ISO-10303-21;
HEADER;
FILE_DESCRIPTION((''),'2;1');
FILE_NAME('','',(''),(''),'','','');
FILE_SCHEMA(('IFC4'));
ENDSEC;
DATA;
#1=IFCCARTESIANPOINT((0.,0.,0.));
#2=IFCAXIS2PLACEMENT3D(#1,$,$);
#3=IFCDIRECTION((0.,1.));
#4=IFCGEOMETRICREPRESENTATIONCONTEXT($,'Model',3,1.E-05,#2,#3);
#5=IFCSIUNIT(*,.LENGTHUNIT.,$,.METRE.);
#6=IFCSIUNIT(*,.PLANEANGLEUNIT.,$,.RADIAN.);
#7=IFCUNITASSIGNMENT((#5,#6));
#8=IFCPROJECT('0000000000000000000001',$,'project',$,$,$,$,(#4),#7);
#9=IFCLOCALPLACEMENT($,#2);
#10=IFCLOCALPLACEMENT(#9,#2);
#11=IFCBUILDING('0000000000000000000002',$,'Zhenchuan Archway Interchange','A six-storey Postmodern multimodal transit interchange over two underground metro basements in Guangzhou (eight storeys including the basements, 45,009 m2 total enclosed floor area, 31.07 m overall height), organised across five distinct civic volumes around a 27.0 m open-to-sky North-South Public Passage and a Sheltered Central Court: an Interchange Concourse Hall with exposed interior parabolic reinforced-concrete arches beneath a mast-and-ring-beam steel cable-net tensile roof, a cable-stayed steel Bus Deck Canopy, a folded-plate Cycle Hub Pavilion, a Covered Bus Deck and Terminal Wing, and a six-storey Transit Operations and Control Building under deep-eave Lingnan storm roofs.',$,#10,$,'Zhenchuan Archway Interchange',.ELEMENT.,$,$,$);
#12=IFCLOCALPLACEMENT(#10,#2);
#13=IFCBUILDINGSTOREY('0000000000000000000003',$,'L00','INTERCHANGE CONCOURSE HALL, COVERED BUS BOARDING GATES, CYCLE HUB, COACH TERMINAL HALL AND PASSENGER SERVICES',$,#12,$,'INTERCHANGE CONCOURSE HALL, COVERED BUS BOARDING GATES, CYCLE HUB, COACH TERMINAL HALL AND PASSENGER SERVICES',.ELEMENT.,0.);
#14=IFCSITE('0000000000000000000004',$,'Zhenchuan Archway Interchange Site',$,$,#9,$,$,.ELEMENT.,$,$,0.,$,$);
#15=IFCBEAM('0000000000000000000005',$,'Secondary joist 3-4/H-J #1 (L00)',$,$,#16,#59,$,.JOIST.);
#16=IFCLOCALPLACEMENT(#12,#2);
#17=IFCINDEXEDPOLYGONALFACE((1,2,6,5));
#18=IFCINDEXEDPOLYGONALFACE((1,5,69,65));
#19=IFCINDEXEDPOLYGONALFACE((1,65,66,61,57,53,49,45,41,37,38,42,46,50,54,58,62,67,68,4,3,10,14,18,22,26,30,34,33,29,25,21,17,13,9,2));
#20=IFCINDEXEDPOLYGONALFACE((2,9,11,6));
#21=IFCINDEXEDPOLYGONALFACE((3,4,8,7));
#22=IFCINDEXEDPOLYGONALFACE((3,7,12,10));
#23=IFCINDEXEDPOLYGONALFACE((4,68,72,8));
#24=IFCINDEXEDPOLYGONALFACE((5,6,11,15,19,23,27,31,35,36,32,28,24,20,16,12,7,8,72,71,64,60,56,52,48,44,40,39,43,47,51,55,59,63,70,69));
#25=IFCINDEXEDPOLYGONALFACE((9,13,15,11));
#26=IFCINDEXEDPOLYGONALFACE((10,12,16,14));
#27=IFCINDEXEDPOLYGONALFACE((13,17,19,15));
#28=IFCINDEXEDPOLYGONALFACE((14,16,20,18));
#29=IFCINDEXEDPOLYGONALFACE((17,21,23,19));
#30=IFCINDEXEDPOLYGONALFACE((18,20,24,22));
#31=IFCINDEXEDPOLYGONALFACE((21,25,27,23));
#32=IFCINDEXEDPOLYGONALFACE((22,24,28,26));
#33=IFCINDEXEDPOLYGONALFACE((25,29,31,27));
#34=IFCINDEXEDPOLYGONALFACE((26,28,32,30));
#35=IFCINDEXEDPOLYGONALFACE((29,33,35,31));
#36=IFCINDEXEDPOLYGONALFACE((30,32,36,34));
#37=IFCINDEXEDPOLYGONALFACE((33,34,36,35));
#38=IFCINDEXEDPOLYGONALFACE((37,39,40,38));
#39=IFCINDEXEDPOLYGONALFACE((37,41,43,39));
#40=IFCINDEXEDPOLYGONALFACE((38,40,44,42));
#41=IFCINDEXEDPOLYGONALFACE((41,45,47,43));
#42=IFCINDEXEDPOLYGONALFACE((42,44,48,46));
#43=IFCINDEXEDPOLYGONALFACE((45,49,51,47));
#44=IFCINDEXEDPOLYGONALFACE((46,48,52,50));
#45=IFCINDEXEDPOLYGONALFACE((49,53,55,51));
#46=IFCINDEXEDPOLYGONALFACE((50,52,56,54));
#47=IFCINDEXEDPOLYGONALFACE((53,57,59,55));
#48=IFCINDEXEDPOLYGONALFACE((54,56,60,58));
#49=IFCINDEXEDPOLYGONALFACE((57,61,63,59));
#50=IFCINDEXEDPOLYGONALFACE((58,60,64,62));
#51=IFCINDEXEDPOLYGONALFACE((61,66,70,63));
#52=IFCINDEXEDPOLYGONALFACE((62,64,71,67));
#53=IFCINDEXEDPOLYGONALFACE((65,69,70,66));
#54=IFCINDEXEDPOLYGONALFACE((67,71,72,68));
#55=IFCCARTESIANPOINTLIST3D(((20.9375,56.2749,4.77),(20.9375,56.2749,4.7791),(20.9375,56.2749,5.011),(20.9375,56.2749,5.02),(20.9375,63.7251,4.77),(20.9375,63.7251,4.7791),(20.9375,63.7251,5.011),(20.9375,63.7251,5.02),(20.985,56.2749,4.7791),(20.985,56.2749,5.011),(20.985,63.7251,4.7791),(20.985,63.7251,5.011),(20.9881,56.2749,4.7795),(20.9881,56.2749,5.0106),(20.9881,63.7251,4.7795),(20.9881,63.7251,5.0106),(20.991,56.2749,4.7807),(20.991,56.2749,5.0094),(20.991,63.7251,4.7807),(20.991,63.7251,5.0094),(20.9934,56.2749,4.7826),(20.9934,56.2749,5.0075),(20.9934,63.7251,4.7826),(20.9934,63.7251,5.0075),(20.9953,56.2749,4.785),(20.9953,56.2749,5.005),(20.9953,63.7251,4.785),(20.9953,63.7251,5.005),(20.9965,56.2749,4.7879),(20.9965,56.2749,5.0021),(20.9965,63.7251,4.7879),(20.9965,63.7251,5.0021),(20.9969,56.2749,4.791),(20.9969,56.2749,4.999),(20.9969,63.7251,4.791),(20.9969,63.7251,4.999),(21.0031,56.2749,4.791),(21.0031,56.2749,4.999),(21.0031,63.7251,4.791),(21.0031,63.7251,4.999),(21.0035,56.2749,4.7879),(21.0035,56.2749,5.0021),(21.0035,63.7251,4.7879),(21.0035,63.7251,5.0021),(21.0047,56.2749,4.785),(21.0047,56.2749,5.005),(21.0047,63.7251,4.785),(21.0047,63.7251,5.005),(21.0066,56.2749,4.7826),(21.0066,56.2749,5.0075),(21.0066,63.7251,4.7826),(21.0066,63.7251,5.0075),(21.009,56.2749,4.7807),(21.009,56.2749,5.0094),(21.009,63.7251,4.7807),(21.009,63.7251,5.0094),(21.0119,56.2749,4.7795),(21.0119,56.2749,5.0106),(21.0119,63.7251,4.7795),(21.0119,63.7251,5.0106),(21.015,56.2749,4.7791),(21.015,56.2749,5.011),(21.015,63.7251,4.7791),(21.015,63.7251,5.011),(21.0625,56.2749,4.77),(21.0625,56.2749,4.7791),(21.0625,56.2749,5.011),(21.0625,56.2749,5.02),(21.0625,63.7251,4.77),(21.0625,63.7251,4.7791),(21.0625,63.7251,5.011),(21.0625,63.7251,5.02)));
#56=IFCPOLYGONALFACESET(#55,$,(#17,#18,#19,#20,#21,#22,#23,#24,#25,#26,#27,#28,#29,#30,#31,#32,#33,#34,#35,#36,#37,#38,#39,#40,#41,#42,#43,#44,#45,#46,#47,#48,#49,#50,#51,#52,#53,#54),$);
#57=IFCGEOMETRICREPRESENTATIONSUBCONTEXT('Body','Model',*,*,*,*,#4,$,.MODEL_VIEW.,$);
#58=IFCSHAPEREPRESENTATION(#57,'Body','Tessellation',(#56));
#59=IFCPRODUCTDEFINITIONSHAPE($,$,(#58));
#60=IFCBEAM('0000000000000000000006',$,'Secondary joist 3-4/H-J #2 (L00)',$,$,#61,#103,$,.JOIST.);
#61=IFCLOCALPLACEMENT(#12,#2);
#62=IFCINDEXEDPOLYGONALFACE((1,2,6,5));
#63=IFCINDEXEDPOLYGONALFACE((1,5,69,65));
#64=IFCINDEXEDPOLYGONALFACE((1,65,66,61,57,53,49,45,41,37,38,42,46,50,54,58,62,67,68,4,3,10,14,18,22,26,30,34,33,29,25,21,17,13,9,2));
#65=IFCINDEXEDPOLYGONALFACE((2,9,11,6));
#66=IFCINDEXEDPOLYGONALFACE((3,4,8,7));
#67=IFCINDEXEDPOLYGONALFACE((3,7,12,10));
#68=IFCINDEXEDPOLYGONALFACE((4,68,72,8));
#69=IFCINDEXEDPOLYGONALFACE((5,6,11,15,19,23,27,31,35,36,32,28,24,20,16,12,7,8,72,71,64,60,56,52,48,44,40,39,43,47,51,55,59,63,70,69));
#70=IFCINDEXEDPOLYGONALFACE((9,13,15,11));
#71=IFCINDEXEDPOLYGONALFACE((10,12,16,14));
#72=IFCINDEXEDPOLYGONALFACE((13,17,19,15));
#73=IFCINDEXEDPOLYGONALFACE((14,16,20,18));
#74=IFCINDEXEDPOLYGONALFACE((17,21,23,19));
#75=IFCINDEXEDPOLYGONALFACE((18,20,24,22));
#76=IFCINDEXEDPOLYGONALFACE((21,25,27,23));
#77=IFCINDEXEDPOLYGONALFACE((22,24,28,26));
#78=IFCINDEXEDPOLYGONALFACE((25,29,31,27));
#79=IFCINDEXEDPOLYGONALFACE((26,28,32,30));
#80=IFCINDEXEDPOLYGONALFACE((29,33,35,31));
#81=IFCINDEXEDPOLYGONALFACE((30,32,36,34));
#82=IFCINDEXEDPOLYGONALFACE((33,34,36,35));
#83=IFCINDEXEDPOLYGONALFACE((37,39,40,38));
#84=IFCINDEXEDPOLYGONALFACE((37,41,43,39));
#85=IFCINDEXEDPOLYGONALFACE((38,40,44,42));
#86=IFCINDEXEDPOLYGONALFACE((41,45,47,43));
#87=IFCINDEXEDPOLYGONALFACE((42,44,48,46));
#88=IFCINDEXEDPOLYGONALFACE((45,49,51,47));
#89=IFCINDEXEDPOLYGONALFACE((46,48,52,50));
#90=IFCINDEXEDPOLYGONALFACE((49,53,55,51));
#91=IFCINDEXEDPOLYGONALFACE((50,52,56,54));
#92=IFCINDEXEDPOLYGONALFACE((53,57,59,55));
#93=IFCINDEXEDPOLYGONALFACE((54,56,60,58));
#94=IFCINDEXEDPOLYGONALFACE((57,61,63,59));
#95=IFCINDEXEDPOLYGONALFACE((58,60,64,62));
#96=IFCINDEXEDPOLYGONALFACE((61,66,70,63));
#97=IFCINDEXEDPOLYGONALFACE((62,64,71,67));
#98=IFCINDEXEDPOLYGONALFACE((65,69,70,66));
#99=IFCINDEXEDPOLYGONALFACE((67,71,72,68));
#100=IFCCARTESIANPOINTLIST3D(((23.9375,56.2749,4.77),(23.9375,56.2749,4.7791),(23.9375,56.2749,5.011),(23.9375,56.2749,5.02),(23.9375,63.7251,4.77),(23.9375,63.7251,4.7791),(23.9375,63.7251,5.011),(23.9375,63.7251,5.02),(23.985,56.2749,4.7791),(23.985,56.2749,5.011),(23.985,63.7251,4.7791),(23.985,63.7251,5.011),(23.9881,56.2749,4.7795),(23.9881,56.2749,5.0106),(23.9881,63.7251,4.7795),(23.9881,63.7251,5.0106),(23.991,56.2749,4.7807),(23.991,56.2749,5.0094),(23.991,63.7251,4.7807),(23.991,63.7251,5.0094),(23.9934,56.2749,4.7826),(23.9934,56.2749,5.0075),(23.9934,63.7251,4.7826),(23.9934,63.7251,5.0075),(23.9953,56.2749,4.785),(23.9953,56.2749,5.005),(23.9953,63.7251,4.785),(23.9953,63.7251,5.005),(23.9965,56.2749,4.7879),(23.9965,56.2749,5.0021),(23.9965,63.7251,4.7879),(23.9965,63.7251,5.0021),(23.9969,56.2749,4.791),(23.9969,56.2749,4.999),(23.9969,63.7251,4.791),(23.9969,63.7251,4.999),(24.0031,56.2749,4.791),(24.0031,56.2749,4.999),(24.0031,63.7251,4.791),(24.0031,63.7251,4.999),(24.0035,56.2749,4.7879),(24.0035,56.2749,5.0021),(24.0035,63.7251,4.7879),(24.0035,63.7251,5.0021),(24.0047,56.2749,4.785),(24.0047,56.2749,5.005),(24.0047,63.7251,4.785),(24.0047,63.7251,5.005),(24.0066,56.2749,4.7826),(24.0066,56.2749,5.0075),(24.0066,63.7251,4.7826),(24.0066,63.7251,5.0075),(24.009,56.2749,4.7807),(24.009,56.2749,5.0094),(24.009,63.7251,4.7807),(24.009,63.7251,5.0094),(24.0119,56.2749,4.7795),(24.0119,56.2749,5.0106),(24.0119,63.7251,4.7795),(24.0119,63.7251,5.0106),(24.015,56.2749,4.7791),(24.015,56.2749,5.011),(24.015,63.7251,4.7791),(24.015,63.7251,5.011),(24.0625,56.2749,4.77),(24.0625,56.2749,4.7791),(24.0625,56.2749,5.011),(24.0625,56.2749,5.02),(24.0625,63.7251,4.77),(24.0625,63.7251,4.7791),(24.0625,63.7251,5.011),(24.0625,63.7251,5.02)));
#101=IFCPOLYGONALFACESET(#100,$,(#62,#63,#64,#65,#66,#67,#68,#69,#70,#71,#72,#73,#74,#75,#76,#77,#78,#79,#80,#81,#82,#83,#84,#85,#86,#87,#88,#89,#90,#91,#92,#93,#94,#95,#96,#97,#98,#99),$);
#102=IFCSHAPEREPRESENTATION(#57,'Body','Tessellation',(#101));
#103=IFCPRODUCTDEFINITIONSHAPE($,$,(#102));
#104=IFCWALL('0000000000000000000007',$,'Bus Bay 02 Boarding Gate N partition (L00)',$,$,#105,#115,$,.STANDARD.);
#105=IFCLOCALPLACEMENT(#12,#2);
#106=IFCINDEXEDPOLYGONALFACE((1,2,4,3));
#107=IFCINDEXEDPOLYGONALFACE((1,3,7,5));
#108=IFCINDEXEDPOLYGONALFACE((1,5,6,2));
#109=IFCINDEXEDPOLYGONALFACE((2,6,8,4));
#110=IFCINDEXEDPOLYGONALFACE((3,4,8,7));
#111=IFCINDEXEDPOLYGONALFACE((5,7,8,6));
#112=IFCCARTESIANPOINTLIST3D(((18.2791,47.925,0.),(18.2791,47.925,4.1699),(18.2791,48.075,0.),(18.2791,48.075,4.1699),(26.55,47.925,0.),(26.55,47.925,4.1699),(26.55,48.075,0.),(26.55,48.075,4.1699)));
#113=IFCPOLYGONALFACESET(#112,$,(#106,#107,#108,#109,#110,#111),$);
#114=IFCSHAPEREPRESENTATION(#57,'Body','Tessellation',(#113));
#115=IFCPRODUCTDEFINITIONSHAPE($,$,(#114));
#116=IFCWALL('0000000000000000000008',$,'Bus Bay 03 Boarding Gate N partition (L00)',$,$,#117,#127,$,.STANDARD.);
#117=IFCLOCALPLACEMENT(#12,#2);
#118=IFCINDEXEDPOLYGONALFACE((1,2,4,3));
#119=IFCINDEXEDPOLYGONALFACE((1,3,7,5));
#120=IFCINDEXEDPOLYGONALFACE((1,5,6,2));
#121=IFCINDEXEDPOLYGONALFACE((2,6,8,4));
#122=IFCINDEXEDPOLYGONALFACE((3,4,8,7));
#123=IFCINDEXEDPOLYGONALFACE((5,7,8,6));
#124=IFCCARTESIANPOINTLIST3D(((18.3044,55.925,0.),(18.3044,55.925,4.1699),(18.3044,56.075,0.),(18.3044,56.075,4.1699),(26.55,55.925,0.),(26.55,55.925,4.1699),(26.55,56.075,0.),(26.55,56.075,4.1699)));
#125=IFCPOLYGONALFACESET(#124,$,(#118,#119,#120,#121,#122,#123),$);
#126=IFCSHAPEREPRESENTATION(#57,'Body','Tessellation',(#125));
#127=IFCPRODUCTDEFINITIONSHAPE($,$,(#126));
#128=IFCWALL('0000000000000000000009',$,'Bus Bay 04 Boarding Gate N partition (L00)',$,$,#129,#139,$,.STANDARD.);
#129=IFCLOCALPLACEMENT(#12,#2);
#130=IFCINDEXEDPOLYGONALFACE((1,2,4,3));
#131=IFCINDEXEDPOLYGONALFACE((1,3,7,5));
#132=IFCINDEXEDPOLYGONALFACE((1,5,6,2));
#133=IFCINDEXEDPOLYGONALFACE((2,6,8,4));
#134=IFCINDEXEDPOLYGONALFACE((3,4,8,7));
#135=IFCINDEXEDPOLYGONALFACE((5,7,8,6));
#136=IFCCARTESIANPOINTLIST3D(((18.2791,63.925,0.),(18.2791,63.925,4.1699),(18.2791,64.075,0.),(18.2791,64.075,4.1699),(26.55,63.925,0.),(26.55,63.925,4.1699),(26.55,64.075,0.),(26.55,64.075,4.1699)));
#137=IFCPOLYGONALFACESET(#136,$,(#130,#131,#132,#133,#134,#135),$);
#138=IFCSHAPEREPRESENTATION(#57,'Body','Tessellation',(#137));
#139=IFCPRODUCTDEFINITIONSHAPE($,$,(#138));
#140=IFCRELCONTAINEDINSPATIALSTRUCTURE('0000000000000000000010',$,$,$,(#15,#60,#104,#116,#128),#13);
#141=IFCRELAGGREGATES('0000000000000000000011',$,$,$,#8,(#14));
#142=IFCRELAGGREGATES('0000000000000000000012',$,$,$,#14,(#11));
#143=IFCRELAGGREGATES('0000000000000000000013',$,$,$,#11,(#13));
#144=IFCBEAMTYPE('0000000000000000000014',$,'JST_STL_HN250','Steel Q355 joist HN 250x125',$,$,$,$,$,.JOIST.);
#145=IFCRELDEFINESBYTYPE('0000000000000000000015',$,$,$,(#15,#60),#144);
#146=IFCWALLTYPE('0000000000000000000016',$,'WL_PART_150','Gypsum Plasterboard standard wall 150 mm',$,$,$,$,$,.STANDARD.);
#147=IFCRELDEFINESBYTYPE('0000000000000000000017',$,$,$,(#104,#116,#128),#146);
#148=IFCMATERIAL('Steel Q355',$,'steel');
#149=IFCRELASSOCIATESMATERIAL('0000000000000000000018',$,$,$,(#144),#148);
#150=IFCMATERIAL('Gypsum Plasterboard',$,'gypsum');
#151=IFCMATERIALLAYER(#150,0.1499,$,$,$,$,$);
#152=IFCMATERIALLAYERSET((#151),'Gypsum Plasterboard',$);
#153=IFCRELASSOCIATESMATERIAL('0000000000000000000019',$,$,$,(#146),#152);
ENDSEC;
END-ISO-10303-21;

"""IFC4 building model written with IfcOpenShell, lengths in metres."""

from ifc_helpers import new_model, si_unit, direction, frame, frame_2d, origin, origin_2d, place, context, subcontext, project, spatial, rectangle, i_section, extrude, material, layer, layer_set, material_profile, profile_set, type_object, element, save


model = new_model("IFC4")

# Units and contexts
model_context = context("Model", 3, precision=1e-05, world=origin(), true_north=direction((0.0, 1.0)))
body_context = subcontext(model_context, "Body", "Model", "MODEL_VIEW")
ifc_project = project(units=[si_unit("LENGTHUNIT", "METRE"), si_unit("PLANEANGLEUNIT", "RADIAN")], contexts=[model_context])

# Site, building, storey
site_placement = place(None, origin())
site = spatial("IfcSite", under=ifc_project, at=site_placement, Name="Zhenchuan Archway Interchange Site", CompositionType="ELEMENT", RefElevation=0.0)
building_placement = place(site_placement, origin())
building = spatial("IfcBuilding", under=site, at=building_placement, Name="Zhenchuan Archway Interchange", Description="A six-storey Postmodern multimodal transit interchange over two underground metro basements in Guangzhou (eight storeys including the basements, 45,009 m2 total enclosed floor area, 31.07 m overall height), organised across five distinct civic volumes around a 27.0 m open-to-sky North-South Public Passage and a Sheltered Central Court: an Interchange Concourse Hall with exposed interior parabolic reinforced-concrete arches beneath a mast-and-ring-beam steel cable-net tensile roof, a cable-stayed steel Bus Deck Canopy, a folded-plate Cycle Hub Pavilion, a Covered Bus Deck and Terminal Wing, and a six-storey Transit Operations and Control Building under deep-eave Lingnan storm roofs.", LongName="Zhenchuan Archway Interchange", CompositionType="ELEMENT")
storey_placement = place(building_placement, origin())
storey = spatial("IfcBuildingStorey", under=building, at=storey_placement, Name="L00", Description="INTERCHANGE CONCOURSE HALL, COVERED BUS BOARDING GATES, CYCLE HUB, COACH TERMINAL HALL AND PASSENGER SERVICES", LongName="INTERCHANGE CONCOURSE HALL, COVERED BUS BOARDING GATES, CYCLE HUB, COACH TERMINAL HALL AND PASSENGER SERVICES", CompositionType="ELEMENT", Elevation=0.0)

# Beams
ifc_material_1 = material(Name="Steel Q355", Category="steel")
ifc_material_profile_1 = material_profile(ifc_material_1, i_section(OverallWidth=0.125, OverallDepth=0.25, WebThickness=0.0061, FlangeThickness=0.009, FilletRadius=0.012, at=origin_2d()), Name="HN 250x125")
ifc_profile_set_1 = profile_set([ifc_material_profile_1], Name="Steel Q355")
beam_type_1 = type_object("IfcBeamType", Name="JST_STL_HN250", Description="Steel Q355 joist HN 250x125", PredefinedType="JOIST", material=ifc_profile_set_1)
for number, where, z_axis, x_axis, name in (
    (1, (21.0, 56.2749, 4.895), (0.0, 1.0, 0.0), (-1.0, 0.0, 0.0), "Secondary joist 3-4/H-J #1 (L00)"),
    (2, (24.0, 56.2749, 4.895), (0.0, 1.0, 0.0), (-1.0, 0.0, 0.0), "Secondary joist 3-4/H-J #2 (L00)"),
):
    element("IfcBeam", number, at=place(storey_placement, frame(where, z_axis=z_axis, x_axis=x_axis)), inside=storey, type_object=beam_type_1, Name=name, PredefinedType="JOIST", context=body_context, shape_type="SweptSolid", body=[
        extrude(i_section(OverallWidth=0.125, OverallDepth=0.25, WebThickness=0.0061, FlangeThickness=0.009, FilletRadius=0.012, at=origin_2d()), origin(), (0.0, 0.0, 1.0), 7.4502),
    ])

# Walls
ifc_material_2 = material(Name="Gypsum Plasterboard", Category="gypsum")
ifc_layer = layer(ifc_material_2, 0.1499)
ifc_layer_set = layer_set([ifc_layer], Name="Gypsum Plasterboard")
wall_type = type_object("IfcWallType", Name="WL_PART_150", Description="Gypsum Plasterboard standard wall 150 mm", PredefinedType="STANDARD", material=ifc_layer_set)
wall_1_placement = place(storey_placement, frame((18.2791, 48.0, 0.0), z_axis=(0.0, 0.0, 1.0), x_axis=(1.0, 0.0, 0.0)))
element("IfcWall", 3, at=wall_1_placement, inside=storey, type_object=wall_type, Name="Bus Bay 02 Boarding Gate N partition (L00)", PredefinedType="STANDARD", context=body_context, shape_type="SweptSolid", body=[
    extrude(rectangle(XDim=8.271, YDim=0.1499, at=frame_2d((4.1355, 0.0))), origin(), (0.0, 0.0, 1.0), 4.1699),
])
wall_2_placement = place(storey_placement, frame((18.3044, 56.0, 0.0), z_axis=(0.0, 0.0, 1.0), x_axis=(1.0, 0.0, 0.0)))
element("IfcWall", 4, at=wall_2_placement, inside=storey, type_object=wall_type, Name="Bus Bay 03 Boarding Gate N partition (L00)", PredefinedType="STANDARD", context=body_context, shape_type="SweptSolid", body=[
    extrude(rectangle(XDim=8.2456, YDim=0.1499, at=frame_2d((4.1228, 0.0))), origin(), (0.0, 0.0, 1.0), 4.1699),
])
wall_3_placement = place(storey_placement, frame((18.2791, 64.0, 0.0), z_axis=(0.0, 0.0, 1.0), x_axis=(1.0, 0.0, 0.0)))
element("IfcWall", 5, at=wall_3_placement, inside=storey, type_object=wall_type, Name="Bus Bay 04 Boarding Gate N partition (L00)", PredefinedType="STANDARD", context=body_context, shape_type="SweptSolid", body=[
    extrude(rectangle(XDim=8.271, YDim=0.1499, at=frame_2d((4.1355, 0.0))), origin(), (0.0, 0.0, 1.0), 4.1699),
])

save(model, "model.ifc")
